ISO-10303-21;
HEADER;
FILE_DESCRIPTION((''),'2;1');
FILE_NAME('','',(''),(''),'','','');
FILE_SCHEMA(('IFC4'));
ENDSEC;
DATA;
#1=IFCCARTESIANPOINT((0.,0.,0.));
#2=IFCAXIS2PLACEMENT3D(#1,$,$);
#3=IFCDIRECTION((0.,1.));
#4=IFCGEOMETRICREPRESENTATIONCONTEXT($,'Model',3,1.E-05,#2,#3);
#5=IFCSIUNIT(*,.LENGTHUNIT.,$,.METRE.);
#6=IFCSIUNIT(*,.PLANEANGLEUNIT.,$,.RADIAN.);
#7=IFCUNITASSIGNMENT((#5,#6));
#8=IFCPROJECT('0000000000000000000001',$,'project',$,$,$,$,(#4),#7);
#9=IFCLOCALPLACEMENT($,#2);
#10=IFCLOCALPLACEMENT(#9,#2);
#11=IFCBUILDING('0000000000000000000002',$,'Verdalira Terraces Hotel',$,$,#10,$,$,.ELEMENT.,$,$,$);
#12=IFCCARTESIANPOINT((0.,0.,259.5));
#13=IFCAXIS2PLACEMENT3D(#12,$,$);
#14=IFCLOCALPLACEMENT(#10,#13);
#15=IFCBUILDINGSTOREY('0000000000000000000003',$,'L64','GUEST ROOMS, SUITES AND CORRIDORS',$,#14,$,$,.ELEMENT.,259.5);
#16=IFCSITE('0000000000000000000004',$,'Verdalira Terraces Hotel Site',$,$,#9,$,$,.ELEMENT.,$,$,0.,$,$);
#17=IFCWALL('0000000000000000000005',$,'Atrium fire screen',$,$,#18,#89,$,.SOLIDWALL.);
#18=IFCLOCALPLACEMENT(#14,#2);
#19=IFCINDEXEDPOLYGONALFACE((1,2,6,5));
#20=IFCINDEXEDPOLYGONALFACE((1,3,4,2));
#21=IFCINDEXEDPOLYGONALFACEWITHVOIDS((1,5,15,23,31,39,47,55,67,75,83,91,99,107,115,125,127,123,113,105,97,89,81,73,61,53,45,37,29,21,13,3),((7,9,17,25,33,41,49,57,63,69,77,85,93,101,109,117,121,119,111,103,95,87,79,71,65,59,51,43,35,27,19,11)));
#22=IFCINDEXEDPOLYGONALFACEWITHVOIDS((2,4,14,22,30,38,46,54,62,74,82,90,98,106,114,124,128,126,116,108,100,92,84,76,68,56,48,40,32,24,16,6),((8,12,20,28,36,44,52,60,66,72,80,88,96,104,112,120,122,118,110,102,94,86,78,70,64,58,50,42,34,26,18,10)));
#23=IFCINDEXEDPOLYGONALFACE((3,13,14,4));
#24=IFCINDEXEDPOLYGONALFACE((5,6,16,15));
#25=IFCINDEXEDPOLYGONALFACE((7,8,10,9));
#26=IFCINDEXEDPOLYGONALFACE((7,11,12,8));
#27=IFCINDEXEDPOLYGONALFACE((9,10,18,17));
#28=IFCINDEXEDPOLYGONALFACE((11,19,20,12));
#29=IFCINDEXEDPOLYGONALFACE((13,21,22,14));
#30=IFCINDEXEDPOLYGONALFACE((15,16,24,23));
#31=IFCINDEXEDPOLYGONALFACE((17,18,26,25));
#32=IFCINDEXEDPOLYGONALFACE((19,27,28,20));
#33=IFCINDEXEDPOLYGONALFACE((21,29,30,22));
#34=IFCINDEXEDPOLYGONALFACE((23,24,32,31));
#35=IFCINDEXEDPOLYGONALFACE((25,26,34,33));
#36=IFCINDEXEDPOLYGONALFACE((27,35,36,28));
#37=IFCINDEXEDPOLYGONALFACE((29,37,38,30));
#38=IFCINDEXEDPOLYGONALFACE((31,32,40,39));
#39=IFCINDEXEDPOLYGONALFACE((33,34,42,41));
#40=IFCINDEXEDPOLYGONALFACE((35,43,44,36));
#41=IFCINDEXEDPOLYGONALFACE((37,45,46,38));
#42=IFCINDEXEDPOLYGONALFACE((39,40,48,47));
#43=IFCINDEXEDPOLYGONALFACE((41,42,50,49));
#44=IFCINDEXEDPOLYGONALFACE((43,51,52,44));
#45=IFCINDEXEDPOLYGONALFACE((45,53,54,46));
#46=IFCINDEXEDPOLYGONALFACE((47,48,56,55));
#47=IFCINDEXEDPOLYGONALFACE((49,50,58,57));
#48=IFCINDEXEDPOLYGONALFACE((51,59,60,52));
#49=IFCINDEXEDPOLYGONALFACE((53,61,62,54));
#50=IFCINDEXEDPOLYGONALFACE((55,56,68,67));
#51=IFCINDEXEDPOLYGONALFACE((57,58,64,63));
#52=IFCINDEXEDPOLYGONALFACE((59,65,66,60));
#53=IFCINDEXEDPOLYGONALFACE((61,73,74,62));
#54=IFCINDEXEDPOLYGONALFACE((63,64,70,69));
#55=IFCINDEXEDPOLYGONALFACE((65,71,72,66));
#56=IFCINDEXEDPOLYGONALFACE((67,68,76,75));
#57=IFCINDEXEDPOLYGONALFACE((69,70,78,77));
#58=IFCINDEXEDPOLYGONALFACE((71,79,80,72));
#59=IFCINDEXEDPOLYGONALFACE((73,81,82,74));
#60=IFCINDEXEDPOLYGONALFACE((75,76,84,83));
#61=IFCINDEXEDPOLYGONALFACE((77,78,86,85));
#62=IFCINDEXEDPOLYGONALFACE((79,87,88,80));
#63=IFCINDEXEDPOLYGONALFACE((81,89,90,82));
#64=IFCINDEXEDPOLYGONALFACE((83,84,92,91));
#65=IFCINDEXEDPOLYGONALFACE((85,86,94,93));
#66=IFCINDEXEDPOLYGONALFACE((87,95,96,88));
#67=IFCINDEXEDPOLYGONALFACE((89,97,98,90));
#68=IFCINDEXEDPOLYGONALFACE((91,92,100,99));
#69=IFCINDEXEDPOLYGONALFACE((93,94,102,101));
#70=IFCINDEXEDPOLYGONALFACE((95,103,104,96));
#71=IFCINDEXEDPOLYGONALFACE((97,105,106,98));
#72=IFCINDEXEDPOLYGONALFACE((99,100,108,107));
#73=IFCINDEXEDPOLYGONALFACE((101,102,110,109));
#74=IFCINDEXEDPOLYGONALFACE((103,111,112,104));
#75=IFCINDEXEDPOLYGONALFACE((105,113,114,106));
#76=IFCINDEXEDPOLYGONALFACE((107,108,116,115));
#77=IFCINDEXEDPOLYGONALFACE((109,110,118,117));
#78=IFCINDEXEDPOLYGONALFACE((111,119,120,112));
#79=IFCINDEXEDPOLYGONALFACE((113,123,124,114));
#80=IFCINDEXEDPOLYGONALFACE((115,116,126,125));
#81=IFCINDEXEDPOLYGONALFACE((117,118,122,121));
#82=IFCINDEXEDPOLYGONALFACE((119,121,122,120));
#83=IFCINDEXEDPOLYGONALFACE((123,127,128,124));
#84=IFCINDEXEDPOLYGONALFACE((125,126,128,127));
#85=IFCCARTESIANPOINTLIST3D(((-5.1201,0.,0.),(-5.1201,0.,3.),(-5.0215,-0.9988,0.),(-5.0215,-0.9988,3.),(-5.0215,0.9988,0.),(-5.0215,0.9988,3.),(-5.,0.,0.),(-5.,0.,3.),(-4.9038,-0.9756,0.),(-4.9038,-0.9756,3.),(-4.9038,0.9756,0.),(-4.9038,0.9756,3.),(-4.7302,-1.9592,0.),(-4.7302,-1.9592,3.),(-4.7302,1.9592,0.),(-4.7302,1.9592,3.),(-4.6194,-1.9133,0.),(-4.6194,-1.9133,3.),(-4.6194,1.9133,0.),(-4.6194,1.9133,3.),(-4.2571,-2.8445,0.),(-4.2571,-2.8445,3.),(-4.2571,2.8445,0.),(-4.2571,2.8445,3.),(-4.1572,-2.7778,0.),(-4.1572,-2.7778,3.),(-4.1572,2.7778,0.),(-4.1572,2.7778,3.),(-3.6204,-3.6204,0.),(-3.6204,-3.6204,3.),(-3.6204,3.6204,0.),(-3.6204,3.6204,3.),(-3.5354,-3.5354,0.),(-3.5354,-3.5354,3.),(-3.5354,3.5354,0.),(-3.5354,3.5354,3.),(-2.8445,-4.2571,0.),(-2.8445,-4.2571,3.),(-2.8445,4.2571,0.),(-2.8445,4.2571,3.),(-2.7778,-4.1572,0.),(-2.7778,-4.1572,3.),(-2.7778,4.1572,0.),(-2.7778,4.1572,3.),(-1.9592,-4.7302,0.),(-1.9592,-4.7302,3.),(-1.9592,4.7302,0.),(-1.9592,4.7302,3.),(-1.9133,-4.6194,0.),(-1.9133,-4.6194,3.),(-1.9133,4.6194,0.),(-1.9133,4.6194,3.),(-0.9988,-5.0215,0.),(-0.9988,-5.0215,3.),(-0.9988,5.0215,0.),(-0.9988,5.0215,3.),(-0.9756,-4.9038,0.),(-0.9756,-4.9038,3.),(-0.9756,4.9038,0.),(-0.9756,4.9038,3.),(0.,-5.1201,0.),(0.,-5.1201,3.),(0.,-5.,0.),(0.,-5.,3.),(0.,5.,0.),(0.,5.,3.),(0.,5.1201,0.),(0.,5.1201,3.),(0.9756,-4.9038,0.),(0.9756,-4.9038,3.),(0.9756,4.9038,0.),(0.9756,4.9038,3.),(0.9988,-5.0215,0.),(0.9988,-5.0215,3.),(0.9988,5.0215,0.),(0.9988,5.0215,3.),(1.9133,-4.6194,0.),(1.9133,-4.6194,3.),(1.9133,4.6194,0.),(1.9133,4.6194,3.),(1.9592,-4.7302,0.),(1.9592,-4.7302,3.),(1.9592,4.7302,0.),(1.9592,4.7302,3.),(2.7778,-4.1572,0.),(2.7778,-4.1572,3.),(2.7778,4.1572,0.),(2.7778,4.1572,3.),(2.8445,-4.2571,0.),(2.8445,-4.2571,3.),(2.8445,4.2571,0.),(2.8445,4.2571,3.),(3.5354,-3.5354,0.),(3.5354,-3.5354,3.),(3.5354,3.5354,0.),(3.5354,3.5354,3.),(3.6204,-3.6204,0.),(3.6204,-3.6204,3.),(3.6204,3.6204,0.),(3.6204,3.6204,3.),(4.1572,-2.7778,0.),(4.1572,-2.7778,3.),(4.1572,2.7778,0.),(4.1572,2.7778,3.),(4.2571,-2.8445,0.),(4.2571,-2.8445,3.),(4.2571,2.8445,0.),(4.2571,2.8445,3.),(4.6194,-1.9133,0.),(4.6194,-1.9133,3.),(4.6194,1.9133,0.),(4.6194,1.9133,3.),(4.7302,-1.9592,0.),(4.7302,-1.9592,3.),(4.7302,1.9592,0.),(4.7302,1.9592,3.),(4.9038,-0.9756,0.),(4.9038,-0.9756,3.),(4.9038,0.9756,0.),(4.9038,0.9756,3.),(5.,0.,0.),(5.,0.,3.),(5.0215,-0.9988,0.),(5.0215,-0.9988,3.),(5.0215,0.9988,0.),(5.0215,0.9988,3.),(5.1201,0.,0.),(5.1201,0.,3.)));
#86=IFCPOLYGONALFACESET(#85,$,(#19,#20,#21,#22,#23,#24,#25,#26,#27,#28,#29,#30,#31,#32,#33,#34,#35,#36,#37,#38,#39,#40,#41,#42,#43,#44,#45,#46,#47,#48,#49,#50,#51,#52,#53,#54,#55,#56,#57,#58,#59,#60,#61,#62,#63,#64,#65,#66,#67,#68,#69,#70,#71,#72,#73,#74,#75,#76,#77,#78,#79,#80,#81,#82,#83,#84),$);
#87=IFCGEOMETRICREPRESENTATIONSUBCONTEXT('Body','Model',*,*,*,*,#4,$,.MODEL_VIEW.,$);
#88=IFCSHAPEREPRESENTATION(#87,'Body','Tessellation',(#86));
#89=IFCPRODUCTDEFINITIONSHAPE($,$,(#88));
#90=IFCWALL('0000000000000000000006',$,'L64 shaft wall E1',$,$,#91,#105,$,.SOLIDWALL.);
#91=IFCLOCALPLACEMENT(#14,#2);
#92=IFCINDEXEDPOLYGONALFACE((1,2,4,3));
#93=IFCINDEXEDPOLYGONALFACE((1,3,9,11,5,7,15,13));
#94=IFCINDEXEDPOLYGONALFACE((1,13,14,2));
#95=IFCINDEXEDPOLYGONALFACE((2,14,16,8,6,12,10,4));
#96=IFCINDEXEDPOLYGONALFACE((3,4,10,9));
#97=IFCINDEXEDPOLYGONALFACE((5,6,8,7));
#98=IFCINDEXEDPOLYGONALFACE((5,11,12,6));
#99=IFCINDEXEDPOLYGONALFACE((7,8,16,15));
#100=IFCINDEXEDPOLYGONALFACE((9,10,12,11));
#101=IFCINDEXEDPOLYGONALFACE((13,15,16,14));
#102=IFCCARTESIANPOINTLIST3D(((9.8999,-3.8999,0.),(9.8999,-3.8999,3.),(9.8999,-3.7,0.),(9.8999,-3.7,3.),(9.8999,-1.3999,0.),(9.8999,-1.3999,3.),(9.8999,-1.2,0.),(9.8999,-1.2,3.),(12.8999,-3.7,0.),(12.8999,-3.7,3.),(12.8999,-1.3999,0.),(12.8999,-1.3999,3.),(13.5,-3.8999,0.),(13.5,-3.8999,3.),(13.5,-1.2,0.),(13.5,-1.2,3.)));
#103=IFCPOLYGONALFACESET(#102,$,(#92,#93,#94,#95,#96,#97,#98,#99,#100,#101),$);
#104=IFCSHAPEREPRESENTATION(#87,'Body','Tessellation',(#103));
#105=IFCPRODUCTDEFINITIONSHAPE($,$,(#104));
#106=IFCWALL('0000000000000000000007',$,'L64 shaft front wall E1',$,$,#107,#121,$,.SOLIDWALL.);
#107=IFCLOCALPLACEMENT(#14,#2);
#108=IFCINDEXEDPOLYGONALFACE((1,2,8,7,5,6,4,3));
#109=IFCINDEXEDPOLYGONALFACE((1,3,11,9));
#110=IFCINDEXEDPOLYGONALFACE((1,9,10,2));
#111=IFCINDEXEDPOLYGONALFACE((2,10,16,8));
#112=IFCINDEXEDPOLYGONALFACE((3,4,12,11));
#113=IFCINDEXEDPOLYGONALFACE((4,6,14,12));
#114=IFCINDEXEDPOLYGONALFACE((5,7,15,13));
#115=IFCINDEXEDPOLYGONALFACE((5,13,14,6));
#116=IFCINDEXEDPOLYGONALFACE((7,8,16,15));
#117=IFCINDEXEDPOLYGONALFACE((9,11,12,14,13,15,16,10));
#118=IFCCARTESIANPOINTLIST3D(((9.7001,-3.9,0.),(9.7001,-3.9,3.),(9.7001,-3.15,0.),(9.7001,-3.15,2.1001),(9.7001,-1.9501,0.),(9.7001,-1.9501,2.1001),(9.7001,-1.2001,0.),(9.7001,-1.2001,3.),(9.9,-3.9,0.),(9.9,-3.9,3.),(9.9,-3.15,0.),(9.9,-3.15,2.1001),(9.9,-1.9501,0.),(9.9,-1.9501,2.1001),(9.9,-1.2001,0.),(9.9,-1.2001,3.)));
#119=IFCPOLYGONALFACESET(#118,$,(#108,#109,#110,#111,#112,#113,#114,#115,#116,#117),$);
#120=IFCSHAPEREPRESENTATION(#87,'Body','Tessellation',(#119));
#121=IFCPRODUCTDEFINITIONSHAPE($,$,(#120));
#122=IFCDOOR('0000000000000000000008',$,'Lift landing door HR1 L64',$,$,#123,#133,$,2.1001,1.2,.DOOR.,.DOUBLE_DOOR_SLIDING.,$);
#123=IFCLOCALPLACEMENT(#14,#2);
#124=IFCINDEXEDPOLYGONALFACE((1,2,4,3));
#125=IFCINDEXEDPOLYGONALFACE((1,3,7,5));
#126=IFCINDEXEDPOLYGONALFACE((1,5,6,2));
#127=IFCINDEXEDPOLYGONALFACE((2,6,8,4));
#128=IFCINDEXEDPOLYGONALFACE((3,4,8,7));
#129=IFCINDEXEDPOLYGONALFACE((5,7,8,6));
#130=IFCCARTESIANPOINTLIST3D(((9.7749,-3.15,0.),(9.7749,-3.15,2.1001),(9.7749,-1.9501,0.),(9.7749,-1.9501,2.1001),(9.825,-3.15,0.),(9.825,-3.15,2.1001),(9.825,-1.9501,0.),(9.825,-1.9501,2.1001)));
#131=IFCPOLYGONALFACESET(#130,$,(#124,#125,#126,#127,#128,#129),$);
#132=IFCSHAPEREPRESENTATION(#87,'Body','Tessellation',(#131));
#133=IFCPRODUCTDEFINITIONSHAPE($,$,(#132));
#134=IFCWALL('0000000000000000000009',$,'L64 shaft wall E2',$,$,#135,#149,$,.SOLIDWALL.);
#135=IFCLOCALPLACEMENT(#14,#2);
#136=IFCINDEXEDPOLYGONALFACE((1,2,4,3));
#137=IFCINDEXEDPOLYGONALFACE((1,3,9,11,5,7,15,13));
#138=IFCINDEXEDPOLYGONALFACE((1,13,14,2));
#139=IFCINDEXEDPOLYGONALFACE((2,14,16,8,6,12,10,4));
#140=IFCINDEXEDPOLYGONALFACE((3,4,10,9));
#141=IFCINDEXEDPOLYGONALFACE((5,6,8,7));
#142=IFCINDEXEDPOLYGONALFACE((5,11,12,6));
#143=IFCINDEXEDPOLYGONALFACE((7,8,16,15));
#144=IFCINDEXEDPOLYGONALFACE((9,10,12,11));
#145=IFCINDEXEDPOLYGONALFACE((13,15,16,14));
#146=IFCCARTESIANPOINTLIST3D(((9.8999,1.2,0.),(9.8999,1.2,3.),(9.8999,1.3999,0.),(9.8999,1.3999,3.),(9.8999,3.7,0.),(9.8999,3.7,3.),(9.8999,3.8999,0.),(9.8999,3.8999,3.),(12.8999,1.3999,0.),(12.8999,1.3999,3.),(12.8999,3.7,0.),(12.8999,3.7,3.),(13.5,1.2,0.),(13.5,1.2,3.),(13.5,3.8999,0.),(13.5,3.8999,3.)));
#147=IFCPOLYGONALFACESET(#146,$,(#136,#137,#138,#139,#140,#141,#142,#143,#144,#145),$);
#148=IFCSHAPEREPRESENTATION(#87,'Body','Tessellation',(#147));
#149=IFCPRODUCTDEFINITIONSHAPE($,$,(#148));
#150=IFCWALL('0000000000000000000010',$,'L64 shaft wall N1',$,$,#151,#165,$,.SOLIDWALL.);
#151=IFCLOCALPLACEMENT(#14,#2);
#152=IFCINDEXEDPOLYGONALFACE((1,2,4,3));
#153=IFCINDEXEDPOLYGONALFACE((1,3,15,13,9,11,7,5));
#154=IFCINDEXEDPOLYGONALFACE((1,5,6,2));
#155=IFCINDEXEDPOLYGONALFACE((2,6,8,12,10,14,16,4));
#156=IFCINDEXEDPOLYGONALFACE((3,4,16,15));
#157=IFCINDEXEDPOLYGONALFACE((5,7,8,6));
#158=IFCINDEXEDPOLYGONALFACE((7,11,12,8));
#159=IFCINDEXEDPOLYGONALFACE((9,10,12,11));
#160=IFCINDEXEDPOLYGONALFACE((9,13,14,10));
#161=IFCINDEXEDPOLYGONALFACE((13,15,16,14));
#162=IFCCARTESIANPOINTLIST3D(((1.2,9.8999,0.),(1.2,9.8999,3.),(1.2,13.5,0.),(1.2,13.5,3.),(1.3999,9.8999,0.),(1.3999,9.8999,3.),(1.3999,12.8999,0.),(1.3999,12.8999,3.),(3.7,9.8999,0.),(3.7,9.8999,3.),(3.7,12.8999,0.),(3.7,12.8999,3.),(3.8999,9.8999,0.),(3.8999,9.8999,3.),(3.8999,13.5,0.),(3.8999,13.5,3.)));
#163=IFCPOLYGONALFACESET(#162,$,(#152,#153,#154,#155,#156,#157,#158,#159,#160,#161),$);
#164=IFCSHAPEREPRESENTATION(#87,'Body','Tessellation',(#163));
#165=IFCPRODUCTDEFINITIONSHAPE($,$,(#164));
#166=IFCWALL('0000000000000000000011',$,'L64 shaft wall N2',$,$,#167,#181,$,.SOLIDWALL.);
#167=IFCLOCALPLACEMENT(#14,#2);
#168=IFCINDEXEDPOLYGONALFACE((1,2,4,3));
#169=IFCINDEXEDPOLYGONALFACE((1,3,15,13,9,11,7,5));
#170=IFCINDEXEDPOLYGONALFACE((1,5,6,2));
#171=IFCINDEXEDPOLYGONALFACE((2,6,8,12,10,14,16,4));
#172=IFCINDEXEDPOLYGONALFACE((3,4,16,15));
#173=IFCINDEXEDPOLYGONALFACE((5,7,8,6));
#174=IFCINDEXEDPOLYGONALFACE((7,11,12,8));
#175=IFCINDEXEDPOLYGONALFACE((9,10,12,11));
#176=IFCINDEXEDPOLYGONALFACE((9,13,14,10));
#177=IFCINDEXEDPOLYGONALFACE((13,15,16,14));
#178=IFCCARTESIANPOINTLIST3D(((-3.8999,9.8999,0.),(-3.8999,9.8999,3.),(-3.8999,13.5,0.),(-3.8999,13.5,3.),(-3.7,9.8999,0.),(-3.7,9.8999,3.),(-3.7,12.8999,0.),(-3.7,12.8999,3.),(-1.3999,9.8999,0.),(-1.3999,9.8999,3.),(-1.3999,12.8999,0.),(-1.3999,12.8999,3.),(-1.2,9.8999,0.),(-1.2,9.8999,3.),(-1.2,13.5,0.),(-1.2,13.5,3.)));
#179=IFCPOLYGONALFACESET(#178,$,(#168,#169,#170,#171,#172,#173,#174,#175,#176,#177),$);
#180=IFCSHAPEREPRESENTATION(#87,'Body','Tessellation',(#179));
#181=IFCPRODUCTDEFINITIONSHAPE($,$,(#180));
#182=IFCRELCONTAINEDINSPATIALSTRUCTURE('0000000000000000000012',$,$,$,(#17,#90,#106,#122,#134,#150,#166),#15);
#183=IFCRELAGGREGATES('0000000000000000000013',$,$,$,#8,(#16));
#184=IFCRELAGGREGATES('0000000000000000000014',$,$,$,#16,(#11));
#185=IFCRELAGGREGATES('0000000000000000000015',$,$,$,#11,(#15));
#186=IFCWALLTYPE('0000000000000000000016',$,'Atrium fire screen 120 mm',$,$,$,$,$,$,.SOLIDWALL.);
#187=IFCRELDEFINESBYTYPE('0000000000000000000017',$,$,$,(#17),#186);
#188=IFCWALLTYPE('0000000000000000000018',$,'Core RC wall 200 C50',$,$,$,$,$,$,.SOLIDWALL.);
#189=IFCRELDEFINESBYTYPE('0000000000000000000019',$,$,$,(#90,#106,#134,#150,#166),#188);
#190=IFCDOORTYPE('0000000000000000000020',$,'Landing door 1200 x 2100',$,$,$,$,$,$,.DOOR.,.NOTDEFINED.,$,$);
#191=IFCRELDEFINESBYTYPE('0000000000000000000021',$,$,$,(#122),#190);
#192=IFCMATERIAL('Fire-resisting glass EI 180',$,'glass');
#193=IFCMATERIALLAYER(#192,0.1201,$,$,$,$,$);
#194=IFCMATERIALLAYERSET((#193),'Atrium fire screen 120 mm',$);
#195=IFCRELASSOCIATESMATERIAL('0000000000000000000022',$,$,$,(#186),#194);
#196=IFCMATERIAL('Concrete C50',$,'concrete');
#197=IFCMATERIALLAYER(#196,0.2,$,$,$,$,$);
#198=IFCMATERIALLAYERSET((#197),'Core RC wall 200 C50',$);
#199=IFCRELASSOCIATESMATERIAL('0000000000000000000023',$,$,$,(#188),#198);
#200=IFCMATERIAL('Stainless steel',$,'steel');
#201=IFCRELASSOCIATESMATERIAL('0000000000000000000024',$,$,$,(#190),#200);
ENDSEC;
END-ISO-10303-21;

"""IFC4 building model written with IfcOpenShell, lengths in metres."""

from ifc_helpers import new_model, si_unit, direction, frame, frame_2d, origin, place, context, subcontext, project, spatial, polyline, rectangle, outline, extrude, material, layer, layer_set, type_object, element, fill, save


model = new_model("IFC4")

# Units and contexts
model_context = context("Model", 3, precision=1e-05, world=origin(), true_north=direction((0.0, 1.0)))
body_context = subcontext(model_context, "Body", "Model", "MODEL_VIEW")
ifc_project = project(units=[si_unit("LENGTHUNIT", "METRE"), si_unit("PLANEANGLEUNIT", "RADIAN")], contexts=[model_context])

# Site, building, storey
site_placement = place(None, origin())
site = spatial("IfcSite", under=ifc_project, at=site_placement, Name="Verdalira Terraces Hotel Site", CompositionType="ELEMENT", RefElevation=0.0)
building_placement = place(site_placement, origin())
building = spatial("IfcBuilding", under=site, at=building_placement, Name="Verdalira Terraces Hotel", CompositionType="ELEMENT")
storey_placement = place(building_placement, frame((0.0, 0.0, 259.5)))
storey = spatial("IfcBuildingStorey", under=building, at=storey_placement, Name="L64", Description="GUEST ROOMS, SUITES AND CORRIDORS", CompositionType="ELEMENT", Elevation=259.5)

# Walls
ifc_material_1 = material(Name="Fire-resisting glass EI 180", Category="glass")
ifc_layer_1 = layer(ifc_material_1, 0.1201)
ifc_layer_set_1 = layer_set([ifc_layer_1], Name="Atrium fire screen 120 mm")
wall_type_1 = type_object("IfcWallType", Name="Atrium fire screen 120 mm", PredefinedType="SOLIDWALL", material=ifc_layer_set_1)
wall_1_placement = place(storey_placement, origin())
element("IfcWall", 1, at=wall_1_placement, inside=storey, type_object=wall_type_1, Name="Atrium fire screen", PredefinedType="SOLIDWALL", context=body_context, shape_type="SweptSolid", body=[
    extrude(outline(polyline([(5.0215, -0.9988), (4.7302, -1.9592), (4.2571, -2.8445), (3.6204, -3.6204), (2.8445, -4.2571), (1.9592, -4.7302), (0.9988, -5.0215), (0.0, -5.1201), (-0.9988, -5.0215), (-1.9592, -4.7302), (-2.8445, -4.2571), (-3.6204, -3.6204), (-4.2571, -2.8445), (-4.7302, -1.9592), (-5.0215, -0.9988), (-5.1201, 0.0), (-5.0215, 0.9988), (-4.7302, 1.9592), (-4.2571, 2.8445), (-3.6204, 3.6204), (-2.8445, 4.2571), (-1.9592, 4.7302), (-0.9988, 5.0215), (0.0, 5.1201), (0.9988, 5.0215), (1.9592, 4.7302), (2.8445, 4.2571), (3.6204, 3.6204), (4.2571, 2.8445), (4.7302, 1.9592), (5.0215, 0.9988), (5.1201, 0.0), (5.0215, -0.9988)]), holes=[polyline([(4.9038, 0.9756), (4.6194, 1.9133), (4.1572, 2.7778), (3.5354, 3.5354), (2.7778, 4.1572), (1.9133, 4.6194), (0.9756, 4.9038), (0.0, 5.0), (-0.9756, 4.9038), (-1.9133, 4.6194), (-2.7778, 4.1572), (-3.5354, 3.5354), (-4.1572, 2.7778), (-4.6194, 1.9133), (-4.9038, 0.9756), (-5.0, 0.0), (-4.9038, -0.9756), (-4.6194, -1.9133), (-4.1572, -2.7778), (-3.5354, -3.5354), (-2.7778, -4.1572), (-1.9133, -4.6194), (-0.9756, -4.9038), (0.0, -5.0), (0.9756, -4.9038), (1.9133, -4.6194), (2.7778, -4.1572), (3.5354, -3.5354), (4.1572, -2.7778), (4.6194, -1.9133), (4.9038, -0.9756), (5.0, 0.0), (4.9038, 0.9756)])]), origin(), (0.0, 0.0, 1.0), 3.0),
])
ifc_material_2 = material(Name="Concrete C50", Category="concrete")
ifc_layer_2 = layer(ifc_material_2, 0.2)
ifc_layer_set_2 = layer_set([ifc_layer_2], Name="Core RC wall 200 C50")
wall_type_2 = type_object("IfcWallType", Name="Core RC wall 200 C50", PredefinedType="SOLIDWALL", material=ifc_layer_set_2)
wall_2_placement = place(storey_placement, origin())
element("IfcWall", 2, at=wall_2_placement, inside=storey, type_object=wall_type_2, Name="L64 shaft wall E1", PredefinedType="SOLIDWALL", context=body_context, shape_type="SweptSolid", body=[
    extrude(outline(polyline([(13.5, -3.8999), (9.8999, -3.8999), (9.8999, -3.7), (12.8999, -3.7), (12.8999, -1.3999), (9.8999, -1.3999), (9.8999, -1.2), (13.5, -1.2), (13.5, -3.8999)])), origin(), (0.0, 0.0, 1.0), 3.0),
])

# Wall, opening, door
wall_3_placement = place(storey_placement, frame((9.8, -1.2, 0.0), z_axis=(0.0, 0.0, 1.0), x_axis=(0.0, -1.0, 0.0)))
wall_3 = element("IfcWall", 3, at=wall_3_placement, inside=storey, type_object=wall_type_2, Name="L64 shaft front wall E1", PredefinedType="SOLIDWALL", context=body_context, shape_type="SweptSolid", body=[
    extrude(rectangle(XDim=2.7, YDim=0.2, at=frame_2d((1.3501, 0.0))), origin(), (0.0, 0.0, 1.0), 3.0),
])
opening_1_placement = place(wall_3_placement, frame((0.75, 0.0, 0.0)))
opening_1 = element("IfcOpeningElement", 4, at=opening_1_placement, cuts=wall_3, PredefinedType="OPENING", context=body_context, shape_type="SweptSolid", body=[
    extrude(rectangle(XDim=1.2, YDim=2.1001, at=frame_2d((0.6001, 1.05))), frame((0.0, 0.1099, 0.0), z_axis=(0.0, -1.0, 0.0), x_axis=(1.0, 0.0, 0.0)), (0.0, 0.0, 1.0), 0.22),
])
ifc_material_3 = material(Name="Stainless steel", Category="steel")
door_type_1 = type_object("IfcDoorType", Name="Landing door 1200 x 2100", OperationType="NOTDEFINED", PredefinedType="DOOR", material=ifc_material_3)
door_1_placement = place(opening_1_placement, origin())
door_1 = element("IfcDoor", 5, at=door_1_placement, inside=storey, type_object=door_type_1, Name="Lift landing door HR1 L64", OperationType="DOUBLE_DOOR_SLIDING", OverallHeight=2.1001, OverallWidth=1.2, PredefinedType="DOOR", context=body_context, shape_type="SweptSolid", body=[
    extrude(rectangle(XDim=1.2, YDim=2.1001, at=frame_2d((0.6001, 1.05))), frame((0.0, 0.0249, 0.0), z_axis=(0.0, -1.0, 0.0), x_axis=(1.0, 0.0, 0.0)), (0.0, 0.0, 1.0), 0.05),
])
fill(opening_1, door_1)

# Walls
wall_4_placement = place(storey_placement, origin())
element("IfcWall", 6, at=wall_4_placement, inside=storey, type_object=wall_type_2, Name="L64 shaft wall E2", PredefinedType="SOLIDWALL", context=body_context, shape_type="SweptSolid", body=[
    extrude(outline(polyline([(13.5, 3.8999), (13.5, 1.2), (9.8999, 1.2), (9.8999, 1.3999), (12.8999, 1.3999), (12.8999, 3.7), (9.8999, 3.7), (9.8999, 3.8999), (13.5, 3.8999)])), origin(), (0.0, 0.0, 1.0), 3.0),
])
wall_5_placement = place(storey_placement, origin())
element("IfcWall", 7, at=wall_5_placement, inside=storey, type_object=wall_type_2, Name="L64 shaft wall N1", PredefinedType="SOLIDWALL", context=body_context, shape_type="SweptSolid", body=[
    extrude(outline(polyline([(3.8999, 9.8999), (3.7, 9.8999), (3.7, 12.8999), (1.3999, 12.8999), (1.3999, 9.8999), (1.2, 9.8999), (1.2, 13.5), (3.8999, 13.5), (3.8999, 9.8999)])), origin(), (0.0, 0.0, 1.0), 3.0),
])
wall_6_placement = place(storey_placement, origin())
element("IfcWall", 8, at=wall_6_placement, inside=storey, type_object=wall_type_2, Name="L64 shaft wall N2", PredefinedType="SOLIDWALL", context=body_context, shape_type="SweptSolid", body=[
    extrude(outline(polyline([(-3.8999, 13.5), (-1.2, 13.5), (-1.2, 9.8999), (-1.3999, 9.8999), (-1.3999, 12.8999), (-3.7, 12.8999), (-3.7, 9.8999), (-3.8999, 9.8999), (-3.8999, 13.5)])), origin(), (0.0, 0.0, 1.0), 3.0),
])

save(model, "model.ifc")
